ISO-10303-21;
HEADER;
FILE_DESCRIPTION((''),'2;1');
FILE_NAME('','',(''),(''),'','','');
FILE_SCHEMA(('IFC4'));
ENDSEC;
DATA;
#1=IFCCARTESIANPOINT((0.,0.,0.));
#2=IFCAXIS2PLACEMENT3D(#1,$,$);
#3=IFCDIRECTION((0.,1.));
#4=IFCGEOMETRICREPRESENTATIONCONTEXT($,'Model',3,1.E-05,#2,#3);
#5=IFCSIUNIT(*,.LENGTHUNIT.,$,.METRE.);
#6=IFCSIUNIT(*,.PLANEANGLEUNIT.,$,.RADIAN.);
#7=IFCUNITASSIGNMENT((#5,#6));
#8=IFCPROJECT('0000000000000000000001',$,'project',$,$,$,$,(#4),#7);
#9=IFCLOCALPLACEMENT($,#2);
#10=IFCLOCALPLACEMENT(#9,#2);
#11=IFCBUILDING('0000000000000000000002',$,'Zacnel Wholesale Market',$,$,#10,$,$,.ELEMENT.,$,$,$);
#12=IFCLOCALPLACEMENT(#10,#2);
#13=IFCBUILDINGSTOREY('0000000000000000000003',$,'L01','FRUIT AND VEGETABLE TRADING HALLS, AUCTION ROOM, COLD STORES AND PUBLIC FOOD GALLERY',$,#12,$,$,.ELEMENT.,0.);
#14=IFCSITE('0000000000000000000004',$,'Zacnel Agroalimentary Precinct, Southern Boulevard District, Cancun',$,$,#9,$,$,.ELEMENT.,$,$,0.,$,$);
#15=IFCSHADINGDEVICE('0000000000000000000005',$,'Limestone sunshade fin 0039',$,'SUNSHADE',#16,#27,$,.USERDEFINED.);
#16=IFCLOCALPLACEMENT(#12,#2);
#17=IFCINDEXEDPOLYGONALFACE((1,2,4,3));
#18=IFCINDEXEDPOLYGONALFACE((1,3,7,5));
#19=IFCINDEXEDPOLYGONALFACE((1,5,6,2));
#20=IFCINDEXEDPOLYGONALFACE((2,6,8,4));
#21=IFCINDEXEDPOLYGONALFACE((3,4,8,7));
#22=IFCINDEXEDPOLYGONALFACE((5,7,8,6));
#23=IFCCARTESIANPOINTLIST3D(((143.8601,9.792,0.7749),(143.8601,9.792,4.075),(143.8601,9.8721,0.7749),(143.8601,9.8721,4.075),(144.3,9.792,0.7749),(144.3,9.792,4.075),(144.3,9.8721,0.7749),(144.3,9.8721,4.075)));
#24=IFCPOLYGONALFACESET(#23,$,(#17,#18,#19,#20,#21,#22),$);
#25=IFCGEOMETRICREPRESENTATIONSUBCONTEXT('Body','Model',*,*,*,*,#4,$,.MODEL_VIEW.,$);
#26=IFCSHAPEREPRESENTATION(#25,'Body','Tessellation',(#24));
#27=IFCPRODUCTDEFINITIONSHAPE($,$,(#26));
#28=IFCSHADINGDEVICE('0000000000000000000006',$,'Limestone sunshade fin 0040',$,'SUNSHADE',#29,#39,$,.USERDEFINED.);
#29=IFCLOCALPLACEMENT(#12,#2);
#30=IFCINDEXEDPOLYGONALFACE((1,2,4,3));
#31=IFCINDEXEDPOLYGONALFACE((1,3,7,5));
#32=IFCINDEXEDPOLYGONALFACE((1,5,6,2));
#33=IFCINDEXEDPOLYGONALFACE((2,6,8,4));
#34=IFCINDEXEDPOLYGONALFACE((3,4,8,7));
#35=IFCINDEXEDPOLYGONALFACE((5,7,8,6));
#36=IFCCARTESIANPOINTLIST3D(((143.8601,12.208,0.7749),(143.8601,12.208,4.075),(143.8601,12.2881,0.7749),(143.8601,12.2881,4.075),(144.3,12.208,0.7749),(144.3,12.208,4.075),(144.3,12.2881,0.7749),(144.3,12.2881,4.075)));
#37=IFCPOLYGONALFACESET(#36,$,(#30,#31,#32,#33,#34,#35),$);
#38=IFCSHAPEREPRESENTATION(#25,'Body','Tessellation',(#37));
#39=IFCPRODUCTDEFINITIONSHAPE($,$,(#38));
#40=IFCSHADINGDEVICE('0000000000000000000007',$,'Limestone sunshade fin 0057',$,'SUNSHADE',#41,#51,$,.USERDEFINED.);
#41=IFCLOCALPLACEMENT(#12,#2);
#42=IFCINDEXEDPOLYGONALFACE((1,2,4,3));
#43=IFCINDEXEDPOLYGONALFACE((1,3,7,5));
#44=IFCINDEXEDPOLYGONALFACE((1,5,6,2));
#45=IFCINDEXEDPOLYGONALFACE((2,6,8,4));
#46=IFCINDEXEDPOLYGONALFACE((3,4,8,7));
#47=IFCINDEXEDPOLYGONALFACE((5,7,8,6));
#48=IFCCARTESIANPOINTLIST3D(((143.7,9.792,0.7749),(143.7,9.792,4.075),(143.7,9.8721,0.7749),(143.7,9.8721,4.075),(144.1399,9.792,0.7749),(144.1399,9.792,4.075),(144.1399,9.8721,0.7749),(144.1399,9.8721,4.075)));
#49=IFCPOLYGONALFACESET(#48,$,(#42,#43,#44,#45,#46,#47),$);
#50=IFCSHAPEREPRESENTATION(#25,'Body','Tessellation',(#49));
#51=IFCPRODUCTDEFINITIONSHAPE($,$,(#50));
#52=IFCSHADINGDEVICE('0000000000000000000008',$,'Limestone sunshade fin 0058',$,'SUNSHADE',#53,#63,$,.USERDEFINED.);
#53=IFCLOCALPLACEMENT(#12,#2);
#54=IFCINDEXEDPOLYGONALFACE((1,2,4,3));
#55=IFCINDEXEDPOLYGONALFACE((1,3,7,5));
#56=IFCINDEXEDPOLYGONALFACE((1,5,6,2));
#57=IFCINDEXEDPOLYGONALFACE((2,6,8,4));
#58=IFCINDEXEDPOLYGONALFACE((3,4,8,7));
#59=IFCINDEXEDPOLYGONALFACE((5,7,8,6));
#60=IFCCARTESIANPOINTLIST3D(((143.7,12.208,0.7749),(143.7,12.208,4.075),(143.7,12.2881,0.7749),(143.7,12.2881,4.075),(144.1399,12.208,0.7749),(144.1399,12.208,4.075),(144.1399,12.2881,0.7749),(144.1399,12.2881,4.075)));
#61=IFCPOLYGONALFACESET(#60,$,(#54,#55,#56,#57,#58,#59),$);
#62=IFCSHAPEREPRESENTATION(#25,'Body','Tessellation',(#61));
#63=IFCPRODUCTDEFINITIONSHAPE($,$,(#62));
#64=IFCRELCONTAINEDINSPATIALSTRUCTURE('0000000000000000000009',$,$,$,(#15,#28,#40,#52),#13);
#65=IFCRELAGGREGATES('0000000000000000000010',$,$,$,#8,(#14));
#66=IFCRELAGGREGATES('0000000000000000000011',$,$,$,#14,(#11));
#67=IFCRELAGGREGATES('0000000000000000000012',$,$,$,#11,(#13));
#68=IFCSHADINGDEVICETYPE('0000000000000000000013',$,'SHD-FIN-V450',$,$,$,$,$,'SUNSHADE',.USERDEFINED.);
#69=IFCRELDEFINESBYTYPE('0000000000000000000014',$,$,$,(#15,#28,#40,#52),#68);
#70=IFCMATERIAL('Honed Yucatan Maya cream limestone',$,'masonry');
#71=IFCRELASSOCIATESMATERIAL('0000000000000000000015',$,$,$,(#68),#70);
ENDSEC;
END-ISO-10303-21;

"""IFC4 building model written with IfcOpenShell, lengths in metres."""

from ifc_helpers import new_model, si_unit, direction, frame, origin, origin_2d, place, context, subcontext, project, spatial, rectangle, extrude, material, type_object, element, save


model = new_model("IFC4")

# Units and contexts
model_context = context("Model", 3, precision=1e-05, world=origin(), true_north=direction((0.0, 1.0)))
body_context = subcontext(model_context, "Body", "Model", "MODEL_VIEW")
ifc_project = project(units=[si_unit("LENGTHUNIT", "METRE"), si_unit("PLANEANGLEUNIT", "RADIAN")], contexts=[model_context])

# Site, building, storey
site_placement = place(None, origin())
site = spatial("IfcSite", under=ifc_project, at=site_placement, Name="Zacnel Agroalimentary Precinct, Southern Boulevard District, Cancun", CompositionType="ELEMENT", RefElevation=0.0)
building_placement = place(site_placement, origin())
building = spatial("IfcBuilding", under=site, at=building_placement, Name="Zacnel Wholesale Market", CompositionType="ELEMENT")
storey_placement = place(building_placement, origin())
storey = spatial("IfcBuildingStorey", under=building, at=storey_placement, Name="L01", Description="FRUIT AND VEGETABLE TRADING HALLS, AUCTION ROOM, COLD STORES AND PUBLIC FOOD GALLERY", CompositionType="ELEMENT", Elevation=0.0)

# Shading devices
ifc_material_1 = material(Name="Honed Yucatan Maya cream limestone", Category="masonry")
shading_device_type = type_object("IfcShadingDeviceType", Name="SHD-FIN-V450", ElementType="SUNSHADE", PredefinedType="USERDEFINED", material=ifc_material_1)
for number, where, z_axis, x_axis, name in (
    (1, (144.0801, 9.832, 0.7749), (0.0, 0.0, 1.0), (0.0, 1.0, 0.0), "Limestone sunshade fin 0039"),
    (2, (144.0801, 12.248, 0.7749), (0.0, 0.0, 1.0), (0.0, 1.0, 0.0), "Limestone sunshade fin 0040"),
    (3, (143.9199, 9.832, 0.7749), (0.0, 0.0, 1.0), (0.0, 1.0, 0.0), "Limestone sunshade fin 0057"),
    (4, (143.9199, 12.248, 0.7749), (0.0, 0.0, 1.0), (0.0, 1.0, 0.0), "Limestone sunshade fin 0058"),
):
    element("IfcShadingDevice", number, at=place(storey_placement, frame(where, z_axis=z_axis, x_axis=x_axis)), inside=storey, type_object=shading_device_type, Name=name, ObjectType="SUNSHADE", PredefinedType="USERDEFINED", context=body_context, shape_type="SweptSolid", body=[
        extrude(rectangle(XDim=0.0801, YDim=0.4399, at=origin_2d()), origin(), (0.0, 0.0, 1.0), 3.3),
    ])

save(model, "model.ifc")
